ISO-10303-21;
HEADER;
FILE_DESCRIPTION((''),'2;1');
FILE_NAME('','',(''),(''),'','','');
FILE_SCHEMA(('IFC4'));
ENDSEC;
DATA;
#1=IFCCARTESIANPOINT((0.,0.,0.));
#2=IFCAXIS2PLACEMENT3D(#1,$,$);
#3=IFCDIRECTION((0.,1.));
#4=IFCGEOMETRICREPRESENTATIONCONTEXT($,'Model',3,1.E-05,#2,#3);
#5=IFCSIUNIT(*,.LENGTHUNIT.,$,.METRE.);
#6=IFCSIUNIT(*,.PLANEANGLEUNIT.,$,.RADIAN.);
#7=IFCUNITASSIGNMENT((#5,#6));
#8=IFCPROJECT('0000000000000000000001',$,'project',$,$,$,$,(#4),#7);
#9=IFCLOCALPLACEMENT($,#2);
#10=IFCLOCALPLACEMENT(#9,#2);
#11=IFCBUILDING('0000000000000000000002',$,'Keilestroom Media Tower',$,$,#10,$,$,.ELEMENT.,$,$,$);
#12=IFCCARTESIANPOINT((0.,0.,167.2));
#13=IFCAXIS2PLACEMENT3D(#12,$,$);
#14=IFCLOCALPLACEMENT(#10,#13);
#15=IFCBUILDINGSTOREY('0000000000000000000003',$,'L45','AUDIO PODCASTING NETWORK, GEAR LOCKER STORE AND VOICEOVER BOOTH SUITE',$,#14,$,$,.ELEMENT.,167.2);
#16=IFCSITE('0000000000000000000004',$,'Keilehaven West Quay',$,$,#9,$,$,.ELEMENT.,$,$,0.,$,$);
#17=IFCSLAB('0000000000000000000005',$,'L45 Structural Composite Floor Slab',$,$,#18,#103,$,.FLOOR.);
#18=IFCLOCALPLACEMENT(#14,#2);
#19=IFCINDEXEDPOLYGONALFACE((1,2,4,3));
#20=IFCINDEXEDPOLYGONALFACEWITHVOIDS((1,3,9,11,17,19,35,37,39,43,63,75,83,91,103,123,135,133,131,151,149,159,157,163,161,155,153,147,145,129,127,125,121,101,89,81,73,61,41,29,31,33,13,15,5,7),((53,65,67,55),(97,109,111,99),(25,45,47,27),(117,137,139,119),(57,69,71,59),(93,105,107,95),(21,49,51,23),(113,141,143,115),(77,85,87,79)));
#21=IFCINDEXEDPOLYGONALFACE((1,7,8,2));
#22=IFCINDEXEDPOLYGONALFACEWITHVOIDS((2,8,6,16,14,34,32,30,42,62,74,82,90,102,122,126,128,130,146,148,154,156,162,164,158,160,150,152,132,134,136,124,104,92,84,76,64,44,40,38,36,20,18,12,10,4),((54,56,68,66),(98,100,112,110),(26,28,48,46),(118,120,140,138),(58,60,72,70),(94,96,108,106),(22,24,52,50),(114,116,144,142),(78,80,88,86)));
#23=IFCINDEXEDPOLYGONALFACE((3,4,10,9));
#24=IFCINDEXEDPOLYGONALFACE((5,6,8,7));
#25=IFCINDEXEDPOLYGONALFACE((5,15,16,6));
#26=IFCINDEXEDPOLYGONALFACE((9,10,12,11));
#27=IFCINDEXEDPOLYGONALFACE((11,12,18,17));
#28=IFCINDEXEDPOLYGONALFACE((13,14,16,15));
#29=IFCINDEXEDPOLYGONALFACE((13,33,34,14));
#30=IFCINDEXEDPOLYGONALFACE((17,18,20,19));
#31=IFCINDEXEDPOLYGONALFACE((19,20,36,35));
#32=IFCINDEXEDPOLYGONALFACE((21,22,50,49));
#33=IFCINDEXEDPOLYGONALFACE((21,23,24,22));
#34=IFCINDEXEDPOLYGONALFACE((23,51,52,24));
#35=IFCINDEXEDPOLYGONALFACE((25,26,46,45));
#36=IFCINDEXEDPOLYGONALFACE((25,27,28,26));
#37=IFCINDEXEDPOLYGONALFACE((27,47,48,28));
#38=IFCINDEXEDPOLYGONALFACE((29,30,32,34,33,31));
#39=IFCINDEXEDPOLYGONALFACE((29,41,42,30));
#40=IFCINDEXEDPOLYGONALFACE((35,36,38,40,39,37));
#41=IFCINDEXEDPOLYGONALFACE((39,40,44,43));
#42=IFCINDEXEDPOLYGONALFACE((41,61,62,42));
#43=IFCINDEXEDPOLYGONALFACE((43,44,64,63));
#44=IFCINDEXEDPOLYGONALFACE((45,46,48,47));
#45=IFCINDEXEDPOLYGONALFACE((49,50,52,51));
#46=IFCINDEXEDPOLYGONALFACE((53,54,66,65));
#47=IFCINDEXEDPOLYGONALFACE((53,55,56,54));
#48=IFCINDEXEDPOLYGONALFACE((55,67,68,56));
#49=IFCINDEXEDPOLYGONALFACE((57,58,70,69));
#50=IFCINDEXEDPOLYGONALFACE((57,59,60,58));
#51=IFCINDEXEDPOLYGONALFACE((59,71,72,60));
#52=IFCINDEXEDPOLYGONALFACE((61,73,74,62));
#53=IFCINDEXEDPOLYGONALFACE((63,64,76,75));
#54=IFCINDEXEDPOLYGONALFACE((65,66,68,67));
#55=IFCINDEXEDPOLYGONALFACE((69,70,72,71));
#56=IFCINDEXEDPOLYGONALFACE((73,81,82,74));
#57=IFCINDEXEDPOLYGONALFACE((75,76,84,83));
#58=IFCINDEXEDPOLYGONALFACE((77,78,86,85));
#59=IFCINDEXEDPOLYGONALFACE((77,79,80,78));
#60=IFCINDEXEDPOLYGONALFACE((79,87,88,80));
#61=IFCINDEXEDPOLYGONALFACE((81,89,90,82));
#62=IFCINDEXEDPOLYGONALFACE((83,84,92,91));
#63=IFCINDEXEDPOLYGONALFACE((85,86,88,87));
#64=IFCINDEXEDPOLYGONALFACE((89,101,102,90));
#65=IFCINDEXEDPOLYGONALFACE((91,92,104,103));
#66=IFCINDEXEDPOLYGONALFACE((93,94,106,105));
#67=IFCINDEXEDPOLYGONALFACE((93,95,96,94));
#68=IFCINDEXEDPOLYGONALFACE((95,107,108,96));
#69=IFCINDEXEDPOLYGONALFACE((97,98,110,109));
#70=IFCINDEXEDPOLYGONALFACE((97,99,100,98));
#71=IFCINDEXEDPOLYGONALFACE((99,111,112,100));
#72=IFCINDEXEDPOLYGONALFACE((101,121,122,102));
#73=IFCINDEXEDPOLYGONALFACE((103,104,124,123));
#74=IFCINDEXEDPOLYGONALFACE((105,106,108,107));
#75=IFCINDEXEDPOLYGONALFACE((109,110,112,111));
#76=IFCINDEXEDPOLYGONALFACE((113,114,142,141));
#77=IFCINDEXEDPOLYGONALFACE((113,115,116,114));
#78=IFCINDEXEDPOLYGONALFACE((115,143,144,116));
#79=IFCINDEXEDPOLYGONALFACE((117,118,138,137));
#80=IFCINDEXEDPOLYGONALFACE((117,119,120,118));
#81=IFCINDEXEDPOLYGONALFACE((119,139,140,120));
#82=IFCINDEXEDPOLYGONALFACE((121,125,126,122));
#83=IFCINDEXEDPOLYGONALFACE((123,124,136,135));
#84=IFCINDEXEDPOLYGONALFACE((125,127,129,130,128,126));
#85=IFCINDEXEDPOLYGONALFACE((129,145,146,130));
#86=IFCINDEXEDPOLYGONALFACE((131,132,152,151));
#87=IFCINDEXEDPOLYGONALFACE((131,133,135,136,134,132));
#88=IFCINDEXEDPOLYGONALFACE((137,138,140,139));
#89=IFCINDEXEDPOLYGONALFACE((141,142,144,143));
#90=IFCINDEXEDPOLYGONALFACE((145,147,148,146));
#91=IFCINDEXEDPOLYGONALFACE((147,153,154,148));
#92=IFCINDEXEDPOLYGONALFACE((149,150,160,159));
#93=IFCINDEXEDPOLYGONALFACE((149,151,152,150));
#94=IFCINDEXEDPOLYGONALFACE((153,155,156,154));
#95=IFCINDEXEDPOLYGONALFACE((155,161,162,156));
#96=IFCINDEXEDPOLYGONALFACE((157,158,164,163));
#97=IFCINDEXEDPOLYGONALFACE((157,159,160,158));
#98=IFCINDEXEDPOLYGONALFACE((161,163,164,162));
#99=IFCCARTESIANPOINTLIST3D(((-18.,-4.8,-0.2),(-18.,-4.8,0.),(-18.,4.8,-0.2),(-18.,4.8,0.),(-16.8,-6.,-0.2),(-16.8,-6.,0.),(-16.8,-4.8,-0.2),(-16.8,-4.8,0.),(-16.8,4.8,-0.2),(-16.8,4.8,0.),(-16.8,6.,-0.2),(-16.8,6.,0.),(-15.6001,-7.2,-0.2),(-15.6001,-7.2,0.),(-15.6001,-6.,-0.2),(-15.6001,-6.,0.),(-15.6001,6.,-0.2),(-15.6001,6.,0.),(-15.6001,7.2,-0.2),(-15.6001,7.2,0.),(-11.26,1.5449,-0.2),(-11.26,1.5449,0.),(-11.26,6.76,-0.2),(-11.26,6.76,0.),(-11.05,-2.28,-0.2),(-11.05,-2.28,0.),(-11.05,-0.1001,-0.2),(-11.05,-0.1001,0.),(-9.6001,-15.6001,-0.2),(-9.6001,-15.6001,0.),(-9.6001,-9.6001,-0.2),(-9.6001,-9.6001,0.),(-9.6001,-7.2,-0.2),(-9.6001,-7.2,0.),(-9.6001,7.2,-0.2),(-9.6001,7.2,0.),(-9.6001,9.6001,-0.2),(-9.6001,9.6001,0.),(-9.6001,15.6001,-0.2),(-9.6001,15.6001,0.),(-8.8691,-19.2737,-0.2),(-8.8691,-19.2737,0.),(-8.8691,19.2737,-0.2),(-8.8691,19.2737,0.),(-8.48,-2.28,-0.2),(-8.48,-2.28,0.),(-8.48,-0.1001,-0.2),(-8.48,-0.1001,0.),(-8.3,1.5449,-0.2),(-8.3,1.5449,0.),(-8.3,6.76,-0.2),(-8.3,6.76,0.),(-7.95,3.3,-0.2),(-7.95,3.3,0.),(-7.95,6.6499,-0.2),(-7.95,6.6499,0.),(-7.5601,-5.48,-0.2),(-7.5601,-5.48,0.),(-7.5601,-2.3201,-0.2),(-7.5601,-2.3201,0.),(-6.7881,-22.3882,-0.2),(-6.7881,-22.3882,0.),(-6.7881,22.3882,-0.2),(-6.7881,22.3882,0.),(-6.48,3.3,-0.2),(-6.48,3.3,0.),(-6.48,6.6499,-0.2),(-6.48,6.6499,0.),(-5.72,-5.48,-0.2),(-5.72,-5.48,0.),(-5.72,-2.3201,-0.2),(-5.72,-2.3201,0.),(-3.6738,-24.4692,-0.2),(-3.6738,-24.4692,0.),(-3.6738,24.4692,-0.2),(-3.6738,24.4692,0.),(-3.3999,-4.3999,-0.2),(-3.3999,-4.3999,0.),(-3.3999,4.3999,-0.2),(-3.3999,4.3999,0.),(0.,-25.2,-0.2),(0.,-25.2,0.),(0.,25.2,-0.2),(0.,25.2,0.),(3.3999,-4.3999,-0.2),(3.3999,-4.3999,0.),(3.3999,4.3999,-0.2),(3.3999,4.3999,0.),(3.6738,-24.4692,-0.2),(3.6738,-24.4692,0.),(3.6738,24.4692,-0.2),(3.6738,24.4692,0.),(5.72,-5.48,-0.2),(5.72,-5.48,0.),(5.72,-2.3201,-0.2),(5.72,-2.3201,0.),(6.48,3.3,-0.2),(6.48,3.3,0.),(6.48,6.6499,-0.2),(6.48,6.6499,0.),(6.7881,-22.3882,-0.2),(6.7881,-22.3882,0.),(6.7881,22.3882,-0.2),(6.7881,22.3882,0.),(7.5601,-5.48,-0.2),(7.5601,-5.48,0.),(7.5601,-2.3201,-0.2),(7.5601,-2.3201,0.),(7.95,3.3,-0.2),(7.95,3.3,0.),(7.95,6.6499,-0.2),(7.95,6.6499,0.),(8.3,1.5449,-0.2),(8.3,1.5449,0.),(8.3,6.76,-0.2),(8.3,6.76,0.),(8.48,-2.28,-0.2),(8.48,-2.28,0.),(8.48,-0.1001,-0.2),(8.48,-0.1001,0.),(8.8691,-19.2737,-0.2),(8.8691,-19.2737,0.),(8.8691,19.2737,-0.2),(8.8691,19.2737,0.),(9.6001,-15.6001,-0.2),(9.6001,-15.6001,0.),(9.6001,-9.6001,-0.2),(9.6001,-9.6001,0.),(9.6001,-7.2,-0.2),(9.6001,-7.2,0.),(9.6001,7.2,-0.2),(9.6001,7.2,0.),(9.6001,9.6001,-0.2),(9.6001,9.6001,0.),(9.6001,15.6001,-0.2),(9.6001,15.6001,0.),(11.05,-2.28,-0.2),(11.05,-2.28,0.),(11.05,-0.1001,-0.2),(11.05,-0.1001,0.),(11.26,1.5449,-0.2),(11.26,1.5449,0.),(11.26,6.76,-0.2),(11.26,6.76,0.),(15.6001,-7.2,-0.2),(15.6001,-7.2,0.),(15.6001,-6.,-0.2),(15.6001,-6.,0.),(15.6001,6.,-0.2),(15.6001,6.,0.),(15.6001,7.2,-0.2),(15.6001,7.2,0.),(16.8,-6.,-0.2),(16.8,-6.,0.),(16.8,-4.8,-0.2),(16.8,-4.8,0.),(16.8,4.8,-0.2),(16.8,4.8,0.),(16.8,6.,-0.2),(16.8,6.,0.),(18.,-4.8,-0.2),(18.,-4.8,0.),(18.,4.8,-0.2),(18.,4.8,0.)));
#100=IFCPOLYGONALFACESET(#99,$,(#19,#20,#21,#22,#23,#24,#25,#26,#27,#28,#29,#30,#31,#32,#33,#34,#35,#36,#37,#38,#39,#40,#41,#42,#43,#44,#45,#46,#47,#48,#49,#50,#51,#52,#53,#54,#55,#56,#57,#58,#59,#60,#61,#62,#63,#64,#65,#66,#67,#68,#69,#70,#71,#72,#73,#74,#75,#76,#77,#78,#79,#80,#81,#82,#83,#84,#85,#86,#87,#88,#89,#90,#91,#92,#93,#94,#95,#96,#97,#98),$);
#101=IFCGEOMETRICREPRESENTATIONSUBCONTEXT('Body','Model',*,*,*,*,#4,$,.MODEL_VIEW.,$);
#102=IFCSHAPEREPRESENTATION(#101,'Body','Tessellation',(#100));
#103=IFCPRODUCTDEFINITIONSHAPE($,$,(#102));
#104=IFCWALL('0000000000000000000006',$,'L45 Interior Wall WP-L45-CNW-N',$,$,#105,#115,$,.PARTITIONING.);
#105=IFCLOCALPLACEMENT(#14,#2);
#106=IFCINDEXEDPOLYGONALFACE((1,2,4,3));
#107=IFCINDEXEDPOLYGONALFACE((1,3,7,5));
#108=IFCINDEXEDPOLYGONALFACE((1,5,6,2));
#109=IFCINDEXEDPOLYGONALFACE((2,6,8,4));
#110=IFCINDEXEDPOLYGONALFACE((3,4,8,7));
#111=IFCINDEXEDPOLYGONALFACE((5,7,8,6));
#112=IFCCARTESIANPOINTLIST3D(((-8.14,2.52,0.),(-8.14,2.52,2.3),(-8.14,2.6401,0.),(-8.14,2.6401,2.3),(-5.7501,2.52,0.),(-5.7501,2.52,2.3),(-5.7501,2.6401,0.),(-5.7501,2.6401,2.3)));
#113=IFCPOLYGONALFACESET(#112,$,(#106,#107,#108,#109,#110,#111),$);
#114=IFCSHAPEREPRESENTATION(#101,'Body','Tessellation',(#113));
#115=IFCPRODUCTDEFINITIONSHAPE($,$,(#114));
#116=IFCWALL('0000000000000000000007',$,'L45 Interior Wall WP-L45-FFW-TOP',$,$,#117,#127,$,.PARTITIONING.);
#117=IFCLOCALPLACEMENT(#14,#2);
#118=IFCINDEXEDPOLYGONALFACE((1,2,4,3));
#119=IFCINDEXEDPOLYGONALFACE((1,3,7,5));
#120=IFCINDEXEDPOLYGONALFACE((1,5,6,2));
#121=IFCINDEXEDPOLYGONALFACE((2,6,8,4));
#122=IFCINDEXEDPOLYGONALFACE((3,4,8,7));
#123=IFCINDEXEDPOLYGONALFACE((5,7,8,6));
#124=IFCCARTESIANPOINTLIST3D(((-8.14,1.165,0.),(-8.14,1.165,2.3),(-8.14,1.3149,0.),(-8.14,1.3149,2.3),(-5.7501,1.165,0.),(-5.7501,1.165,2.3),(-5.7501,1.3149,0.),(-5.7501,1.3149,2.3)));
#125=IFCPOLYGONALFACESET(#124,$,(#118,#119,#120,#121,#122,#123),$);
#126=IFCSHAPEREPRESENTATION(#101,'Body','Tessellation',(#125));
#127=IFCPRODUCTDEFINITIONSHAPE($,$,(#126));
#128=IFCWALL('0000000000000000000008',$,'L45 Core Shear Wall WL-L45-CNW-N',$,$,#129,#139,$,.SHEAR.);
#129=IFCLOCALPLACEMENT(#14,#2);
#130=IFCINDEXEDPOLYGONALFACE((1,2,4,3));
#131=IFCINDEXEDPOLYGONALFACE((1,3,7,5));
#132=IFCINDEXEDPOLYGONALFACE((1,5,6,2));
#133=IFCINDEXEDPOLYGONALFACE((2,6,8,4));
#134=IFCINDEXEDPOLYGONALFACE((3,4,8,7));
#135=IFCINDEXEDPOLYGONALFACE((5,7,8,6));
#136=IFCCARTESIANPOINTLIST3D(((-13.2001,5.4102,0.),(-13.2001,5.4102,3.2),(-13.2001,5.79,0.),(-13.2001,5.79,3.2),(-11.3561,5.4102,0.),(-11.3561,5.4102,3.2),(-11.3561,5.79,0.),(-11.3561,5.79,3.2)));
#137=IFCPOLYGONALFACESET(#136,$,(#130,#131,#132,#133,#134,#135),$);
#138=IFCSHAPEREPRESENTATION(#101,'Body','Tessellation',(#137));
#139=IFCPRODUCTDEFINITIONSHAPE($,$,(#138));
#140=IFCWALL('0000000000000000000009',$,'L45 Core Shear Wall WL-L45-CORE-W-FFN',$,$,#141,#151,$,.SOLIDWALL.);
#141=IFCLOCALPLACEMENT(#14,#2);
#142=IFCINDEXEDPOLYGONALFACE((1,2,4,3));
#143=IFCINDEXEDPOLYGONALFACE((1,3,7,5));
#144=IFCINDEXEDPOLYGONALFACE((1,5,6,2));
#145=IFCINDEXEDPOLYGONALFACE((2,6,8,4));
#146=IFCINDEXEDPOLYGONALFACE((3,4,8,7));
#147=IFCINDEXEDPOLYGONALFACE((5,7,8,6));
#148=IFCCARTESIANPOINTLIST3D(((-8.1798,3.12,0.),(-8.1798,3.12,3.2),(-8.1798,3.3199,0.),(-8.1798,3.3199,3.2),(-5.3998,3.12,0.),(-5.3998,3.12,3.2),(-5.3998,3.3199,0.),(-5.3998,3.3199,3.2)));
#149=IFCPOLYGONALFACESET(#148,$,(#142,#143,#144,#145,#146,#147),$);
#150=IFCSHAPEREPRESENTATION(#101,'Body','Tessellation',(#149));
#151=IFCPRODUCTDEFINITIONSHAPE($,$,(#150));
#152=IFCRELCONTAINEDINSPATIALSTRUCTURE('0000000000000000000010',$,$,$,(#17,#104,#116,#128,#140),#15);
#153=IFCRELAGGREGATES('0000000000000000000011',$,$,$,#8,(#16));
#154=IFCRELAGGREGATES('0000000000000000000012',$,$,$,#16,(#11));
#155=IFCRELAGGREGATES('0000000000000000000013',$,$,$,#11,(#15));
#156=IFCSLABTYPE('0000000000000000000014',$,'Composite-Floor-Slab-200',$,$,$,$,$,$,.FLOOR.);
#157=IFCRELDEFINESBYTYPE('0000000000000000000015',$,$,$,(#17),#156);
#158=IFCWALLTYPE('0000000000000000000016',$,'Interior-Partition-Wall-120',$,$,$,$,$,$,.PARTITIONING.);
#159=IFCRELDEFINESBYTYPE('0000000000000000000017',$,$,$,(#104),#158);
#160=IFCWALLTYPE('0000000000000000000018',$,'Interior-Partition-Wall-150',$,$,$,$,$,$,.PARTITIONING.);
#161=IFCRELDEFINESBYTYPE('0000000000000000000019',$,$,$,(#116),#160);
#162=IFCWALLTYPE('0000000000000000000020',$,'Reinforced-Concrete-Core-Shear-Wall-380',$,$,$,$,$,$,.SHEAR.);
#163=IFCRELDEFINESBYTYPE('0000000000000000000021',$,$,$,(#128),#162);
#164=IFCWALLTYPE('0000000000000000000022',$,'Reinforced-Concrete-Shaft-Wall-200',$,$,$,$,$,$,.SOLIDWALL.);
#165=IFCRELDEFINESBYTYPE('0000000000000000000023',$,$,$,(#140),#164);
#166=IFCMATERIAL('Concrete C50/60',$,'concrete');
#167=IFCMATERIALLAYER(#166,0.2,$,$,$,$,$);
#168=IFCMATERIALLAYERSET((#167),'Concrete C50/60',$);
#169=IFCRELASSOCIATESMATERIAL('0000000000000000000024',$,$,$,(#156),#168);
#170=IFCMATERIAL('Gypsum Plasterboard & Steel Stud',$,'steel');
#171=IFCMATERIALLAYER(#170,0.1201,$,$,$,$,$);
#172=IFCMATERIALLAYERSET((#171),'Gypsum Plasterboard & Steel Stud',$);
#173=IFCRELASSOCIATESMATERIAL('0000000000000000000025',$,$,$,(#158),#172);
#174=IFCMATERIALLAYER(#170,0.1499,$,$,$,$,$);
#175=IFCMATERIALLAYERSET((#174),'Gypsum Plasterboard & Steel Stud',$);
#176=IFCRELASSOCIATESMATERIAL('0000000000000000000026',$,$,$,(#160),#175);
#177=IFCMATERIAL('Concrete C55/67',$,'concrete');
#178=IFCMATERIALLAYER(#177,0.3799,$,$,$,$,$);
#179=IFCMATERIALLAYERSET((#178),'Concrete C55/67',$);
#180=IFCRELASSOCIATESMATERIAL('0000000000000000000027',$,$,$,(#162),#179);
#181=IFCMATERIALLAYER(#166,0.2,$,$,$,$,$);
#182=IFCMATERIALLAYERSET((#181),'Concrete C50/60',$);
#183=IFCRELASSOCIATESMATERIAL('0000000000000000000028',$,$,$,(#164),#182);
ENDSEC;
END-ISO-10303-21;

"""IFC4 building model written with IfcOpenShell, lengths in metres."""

from ifc_helpers import new_model, si_unit, direction, frame, frame_2d, origin, place, context, subcontext, project, spatial, polyline, rectangle, outline, extrude, material, layer, layer_set, type_object, element, save


model = new_model("IFC4")

# Units and contexts
model_context = context("Model", 3, precision=1e-05, world=origin(), true_north=direction((0.0, 1.0)))
body_context = subcontext(model_context, "Body", "Model", "MODEL_VIEW")
ifc_project = project(units=[si_unit("LENGTHUNIT", "METRE"), si_unit("PLANEANGLEUNIT", "RADIAN")], contexts=[model_context])

# Site, building, storey
site_placement = place(None, origin())
site = spatial("IfcSite", under=ifc_project, at=site_placement, Name="Keilehaven West Quay", CompositionType="ELEMENT", RefElevation=0.0)
building_placement = place(site_placement, origin())
building = spatial("IfcBuilding", under=site, at=building_placement, Name="Keilestroom Media Tower", CompositionType="ELEMENT")
storey_placement = place(building_placement, frame((0.0, 0.0, 167.2)))
storey = spatial("IfcBuildingStorey", under=building, at=storey_placement, Name="L45", Description="AUDIO PODCASTING NETWORK, GEAR LOCKER STORE AND VOICEOVER BOOTH SUITE", CompositionType="ELEMENT", Elevation=167.2)

# Slab
ifc_material_1 = material(Name="Concrete C50/60", Category="concrete")
ifc_layer_1 = layer(ifc_material_1, 0.2)
ifc_layer_set_1 = layer_set([ifc_layer_1], Name="Concrete C50/60")
slab_type = type_object("IfcSlabType", Name="Composite-Floor-Slab-200", PredefinedType="FLOOR", material=ifc_layer_set_1)
slab_placement = place(storey_placement, frame((0.0, 0.0, -0.2)))
element("IfcSlab", 1, at=slab_placement, inside=storey, type_object=slab_type, Name="L45 Structural Composite Floor Slab", PredefinedType="FLOOR", context=body_context, shape_type="SweptSolid", body=[
    extrude(outline(polyline([(18.0, -4.8), (18.0, 4.8), (16.8, 4.8), (16.8, 6.0), (15.6001, 6.0), (15.6001, 7.2), (9.6001, 7.2), (9.6001, 9.6001), (9.6001, 15.6001), (8.8691, 19.2737), (6.7881, 22.3882), (3.6738, 24.4692), (0.0, 25.2), (-3.6738, 24.4692), (-6.7881, 22.3882), (-8.8691, 19.2737), (-9.6001, 15.6001), (-9.6001, 9.6001), (-9.6001, 7.2), (-15.6001, 7.2), (-15.6001, 6.0), (-16.8, 6.0), (-16.8, 4.8), (-18.0, 4.8), (-18.0, -4.8), (-16.8, -4.8), (-16.8, -6.0), (-15.6001, -6.0), (-15.6001, -7.2), (-9.6001, -7.2), (-9.6001, -9.6001), (-9.6001, -15.6001), (-8.8691, -19.2737), (-6.7881, -22.3882), (-3.6738, -24.4692), (0.0, -25.2), (3.6738, -24.4692), (6.7881, -22.3882), (8.8691, -19.2737), (9.6001, -15.6001), (9.6001, -9.6001), (9.6001, -7.2), (15.6001, -7.2), (15.6001, -6.0), (16.8, -6.0), (16.8, -4.8), (18.0, -4.8)]), holes=[polyline([(-11.26, 1.5449), (-11.26, 6.76), (-8.3, 6.76), (-8.3, 1.5449), (-11.26, 1.5449)]), polyline([(-11.05, -2.28), (-11.05, -0.1001), (-8.48, -0.1001), (-8.48, -2.28), (-11.05, -2.28)]), polyline([(-7.95, 3.3), (-7.95, 6.6499), (-6.48, 6.6499), (-6.48, 3.3), (-7.95, 3.3)]), polyline([(-7.5601, -2.3201), (-5.72, -2.3201), (-5.72, -5.48), (-7.5601, -5.48), (-7.5601, -2.3201)]), polyline([(3.3999, -4.3999), (-3.3999, -4.3999), (-3.3999, 4.3999), (3.3999, 4.3999), (3.3999, -4.3999)]), polyline([(7.5601, -2.3201), (7.5601, -5.48), (5.72, -5.48), (5.72, -2.3201), (7.5601, -2.3201)]), polyline([(6.48, 3.3), (6.48, 6.6499), (7.95, 6.6499), (7.95, 3.3), (6.48, 3.3)]), polyline([(8.3, 1.5449), (8.3, 6.76), (11.26, 6.76), (11.26, 1.5449), (8.3, 1.5449)]), polyline([(8.48, -2.28), (8.48, -0.1001), (11.05, -0.1001), (11.05, -2.28), (8.48, -2.28)])]), origin(), (0.0, 0.0, 1.0), 0.2),
])

# Walls
ifc_material_2 = material(Name="Gypsum Plasterboard & Steel Stud", Category="steel")
ifc_layer_2 = layer(ifc_material_2, 0.1201)
ifc_layer_set_2 = layer_set([ifc_layer_2], Name="Gypsum Plasterboard & Steel Stud")
wall_type_1 = type_object("IfcWallType", Name="Interior-Partition-Wall-120", PredefinedType="PARTITIONING", material=ifc_layer_set_2)
wall_1_placement = place(storey_placement, frame((-8.1399, 2.5801, 0.0), z_axis=(0.0, 0.0, 1.0), x_axis=(1.0, 0.0, 0.0)))
element("IfcWall", 2, at=wall_1_placement, inside=storey, type_object=wall_type_1, Name="L45 Interior Wall WP-L45-CNW-N", PredefinedType="PARTITIONING", context=body_context, shape_type="SweptSolid", body=[
    extrude(rectangle(XDim=2.3899, YDim=0.1201, at=frame_2d((1.1948, 0.0))), origin(), (0.0, 0.0, 1.0), 2.3),
])
ifc_layer_3 = layer(ifc_material_2, 0.1499)
ifc_layer_set_3 = layer_set([ifc_layer_3], Name="Gypsum Plasterboard & Steel Stud")
wall_type_2 = type_object("IfcWallType", Name="Interior-Partition-Wall-150", PredefinedType="PARTITIONING", material=ifc_layer_set_3)
wall_2_placement = place(storey_placement, frame((-8.1399, 1.24, 0.0), z_axis=(0.0, 0.0, 1.0), x_axis=(1.0, 0.0, 0.0)))
element("IfcWall", 3, at=wall_2_placement, inside=storey, type_object=wall_type_2, Name="L45 Interior Wall WP-L45-FFW-TOP", PredefinedType="PARTITIONING", context=body_context, shape_type="SweptSolid", body=[
    extrude(rectangle(XDim=2.3899, YDim=0.1499, at=frame_2d((1.1948, 0.0))), origin(), (0.0, 0.0, 1.0), 2.3),
])
ifc_material_3 = material(Name="Concrete C55/67", Category="concrete")
ifc_layer_4 = layer(ifc_material_3, 0.3799)
ifc_layer_set_4 = layer_set([ifc_layer_4], Name="Concrete C55/67")
wall_type_3 = type_object("IfcWallType", Name="Reinforced-Concrete-Core-Shear-Wall-380", PredefinedType="SHEAR", material=ifc_layer_set_4)
wall_3_placement = place(storey_placement, frame((-13.2, 5.6001, 0.0), z_axis=(0.0, 0.0, 1.0), x_axis=(1.0, 0.0, 0.0)))
element("IfcWall", 4, at=wall_3_placement, inside=storey, type_object=wall_type_3, Name="L45 Core Shear Wall WL-L45-CNW-N", PredefinedType="SHEAR", context=body_context, shape_type="SweptSolid", body=[
    extrude(rectangle(XDim=1.844, YDim=0.3799, at=frame_2d((0.9219, 0.0))), origin(), (0.0, 0.0, 1.0), 3.2),
])
ifc_layer_5 = layer(ifc_material_1, 0.2)
ifc_layer_set_5 = layer_set([ifc_layer_5], Name="Concrete C50/60")
wall_type_4 = type_object("IfcWallType", Name="Reinforced-Concrete-Shaft-Wall-200", PredefinedType="SOLIDWALL", material=ifc_layer_set_5)
wall_4_placement = place(storey_placement, frame((-8.1799, 3.22, 0.0), z_axis=(0.0, 0.0, 1.0), x_axis=(1.0, 0.0, 0.0)))
element("IfcWall", 5, at=wall_4_placement, inside=storey, type_object=wall_type_4, Name="L45 Core Shear Wall WL-L45-CORE-W-FFN", PredefinedType="SOLIDWALL", context=body_context, shape_type="SweptSolid", body=[
    extrude(rectangle(XDim=2.78, YDim=0.2, at=frame_2d((1.3901, 0.0))), origin(), (0.0, 0.0, 1.0), 3.2),
])

save(model, "model.ifc")
